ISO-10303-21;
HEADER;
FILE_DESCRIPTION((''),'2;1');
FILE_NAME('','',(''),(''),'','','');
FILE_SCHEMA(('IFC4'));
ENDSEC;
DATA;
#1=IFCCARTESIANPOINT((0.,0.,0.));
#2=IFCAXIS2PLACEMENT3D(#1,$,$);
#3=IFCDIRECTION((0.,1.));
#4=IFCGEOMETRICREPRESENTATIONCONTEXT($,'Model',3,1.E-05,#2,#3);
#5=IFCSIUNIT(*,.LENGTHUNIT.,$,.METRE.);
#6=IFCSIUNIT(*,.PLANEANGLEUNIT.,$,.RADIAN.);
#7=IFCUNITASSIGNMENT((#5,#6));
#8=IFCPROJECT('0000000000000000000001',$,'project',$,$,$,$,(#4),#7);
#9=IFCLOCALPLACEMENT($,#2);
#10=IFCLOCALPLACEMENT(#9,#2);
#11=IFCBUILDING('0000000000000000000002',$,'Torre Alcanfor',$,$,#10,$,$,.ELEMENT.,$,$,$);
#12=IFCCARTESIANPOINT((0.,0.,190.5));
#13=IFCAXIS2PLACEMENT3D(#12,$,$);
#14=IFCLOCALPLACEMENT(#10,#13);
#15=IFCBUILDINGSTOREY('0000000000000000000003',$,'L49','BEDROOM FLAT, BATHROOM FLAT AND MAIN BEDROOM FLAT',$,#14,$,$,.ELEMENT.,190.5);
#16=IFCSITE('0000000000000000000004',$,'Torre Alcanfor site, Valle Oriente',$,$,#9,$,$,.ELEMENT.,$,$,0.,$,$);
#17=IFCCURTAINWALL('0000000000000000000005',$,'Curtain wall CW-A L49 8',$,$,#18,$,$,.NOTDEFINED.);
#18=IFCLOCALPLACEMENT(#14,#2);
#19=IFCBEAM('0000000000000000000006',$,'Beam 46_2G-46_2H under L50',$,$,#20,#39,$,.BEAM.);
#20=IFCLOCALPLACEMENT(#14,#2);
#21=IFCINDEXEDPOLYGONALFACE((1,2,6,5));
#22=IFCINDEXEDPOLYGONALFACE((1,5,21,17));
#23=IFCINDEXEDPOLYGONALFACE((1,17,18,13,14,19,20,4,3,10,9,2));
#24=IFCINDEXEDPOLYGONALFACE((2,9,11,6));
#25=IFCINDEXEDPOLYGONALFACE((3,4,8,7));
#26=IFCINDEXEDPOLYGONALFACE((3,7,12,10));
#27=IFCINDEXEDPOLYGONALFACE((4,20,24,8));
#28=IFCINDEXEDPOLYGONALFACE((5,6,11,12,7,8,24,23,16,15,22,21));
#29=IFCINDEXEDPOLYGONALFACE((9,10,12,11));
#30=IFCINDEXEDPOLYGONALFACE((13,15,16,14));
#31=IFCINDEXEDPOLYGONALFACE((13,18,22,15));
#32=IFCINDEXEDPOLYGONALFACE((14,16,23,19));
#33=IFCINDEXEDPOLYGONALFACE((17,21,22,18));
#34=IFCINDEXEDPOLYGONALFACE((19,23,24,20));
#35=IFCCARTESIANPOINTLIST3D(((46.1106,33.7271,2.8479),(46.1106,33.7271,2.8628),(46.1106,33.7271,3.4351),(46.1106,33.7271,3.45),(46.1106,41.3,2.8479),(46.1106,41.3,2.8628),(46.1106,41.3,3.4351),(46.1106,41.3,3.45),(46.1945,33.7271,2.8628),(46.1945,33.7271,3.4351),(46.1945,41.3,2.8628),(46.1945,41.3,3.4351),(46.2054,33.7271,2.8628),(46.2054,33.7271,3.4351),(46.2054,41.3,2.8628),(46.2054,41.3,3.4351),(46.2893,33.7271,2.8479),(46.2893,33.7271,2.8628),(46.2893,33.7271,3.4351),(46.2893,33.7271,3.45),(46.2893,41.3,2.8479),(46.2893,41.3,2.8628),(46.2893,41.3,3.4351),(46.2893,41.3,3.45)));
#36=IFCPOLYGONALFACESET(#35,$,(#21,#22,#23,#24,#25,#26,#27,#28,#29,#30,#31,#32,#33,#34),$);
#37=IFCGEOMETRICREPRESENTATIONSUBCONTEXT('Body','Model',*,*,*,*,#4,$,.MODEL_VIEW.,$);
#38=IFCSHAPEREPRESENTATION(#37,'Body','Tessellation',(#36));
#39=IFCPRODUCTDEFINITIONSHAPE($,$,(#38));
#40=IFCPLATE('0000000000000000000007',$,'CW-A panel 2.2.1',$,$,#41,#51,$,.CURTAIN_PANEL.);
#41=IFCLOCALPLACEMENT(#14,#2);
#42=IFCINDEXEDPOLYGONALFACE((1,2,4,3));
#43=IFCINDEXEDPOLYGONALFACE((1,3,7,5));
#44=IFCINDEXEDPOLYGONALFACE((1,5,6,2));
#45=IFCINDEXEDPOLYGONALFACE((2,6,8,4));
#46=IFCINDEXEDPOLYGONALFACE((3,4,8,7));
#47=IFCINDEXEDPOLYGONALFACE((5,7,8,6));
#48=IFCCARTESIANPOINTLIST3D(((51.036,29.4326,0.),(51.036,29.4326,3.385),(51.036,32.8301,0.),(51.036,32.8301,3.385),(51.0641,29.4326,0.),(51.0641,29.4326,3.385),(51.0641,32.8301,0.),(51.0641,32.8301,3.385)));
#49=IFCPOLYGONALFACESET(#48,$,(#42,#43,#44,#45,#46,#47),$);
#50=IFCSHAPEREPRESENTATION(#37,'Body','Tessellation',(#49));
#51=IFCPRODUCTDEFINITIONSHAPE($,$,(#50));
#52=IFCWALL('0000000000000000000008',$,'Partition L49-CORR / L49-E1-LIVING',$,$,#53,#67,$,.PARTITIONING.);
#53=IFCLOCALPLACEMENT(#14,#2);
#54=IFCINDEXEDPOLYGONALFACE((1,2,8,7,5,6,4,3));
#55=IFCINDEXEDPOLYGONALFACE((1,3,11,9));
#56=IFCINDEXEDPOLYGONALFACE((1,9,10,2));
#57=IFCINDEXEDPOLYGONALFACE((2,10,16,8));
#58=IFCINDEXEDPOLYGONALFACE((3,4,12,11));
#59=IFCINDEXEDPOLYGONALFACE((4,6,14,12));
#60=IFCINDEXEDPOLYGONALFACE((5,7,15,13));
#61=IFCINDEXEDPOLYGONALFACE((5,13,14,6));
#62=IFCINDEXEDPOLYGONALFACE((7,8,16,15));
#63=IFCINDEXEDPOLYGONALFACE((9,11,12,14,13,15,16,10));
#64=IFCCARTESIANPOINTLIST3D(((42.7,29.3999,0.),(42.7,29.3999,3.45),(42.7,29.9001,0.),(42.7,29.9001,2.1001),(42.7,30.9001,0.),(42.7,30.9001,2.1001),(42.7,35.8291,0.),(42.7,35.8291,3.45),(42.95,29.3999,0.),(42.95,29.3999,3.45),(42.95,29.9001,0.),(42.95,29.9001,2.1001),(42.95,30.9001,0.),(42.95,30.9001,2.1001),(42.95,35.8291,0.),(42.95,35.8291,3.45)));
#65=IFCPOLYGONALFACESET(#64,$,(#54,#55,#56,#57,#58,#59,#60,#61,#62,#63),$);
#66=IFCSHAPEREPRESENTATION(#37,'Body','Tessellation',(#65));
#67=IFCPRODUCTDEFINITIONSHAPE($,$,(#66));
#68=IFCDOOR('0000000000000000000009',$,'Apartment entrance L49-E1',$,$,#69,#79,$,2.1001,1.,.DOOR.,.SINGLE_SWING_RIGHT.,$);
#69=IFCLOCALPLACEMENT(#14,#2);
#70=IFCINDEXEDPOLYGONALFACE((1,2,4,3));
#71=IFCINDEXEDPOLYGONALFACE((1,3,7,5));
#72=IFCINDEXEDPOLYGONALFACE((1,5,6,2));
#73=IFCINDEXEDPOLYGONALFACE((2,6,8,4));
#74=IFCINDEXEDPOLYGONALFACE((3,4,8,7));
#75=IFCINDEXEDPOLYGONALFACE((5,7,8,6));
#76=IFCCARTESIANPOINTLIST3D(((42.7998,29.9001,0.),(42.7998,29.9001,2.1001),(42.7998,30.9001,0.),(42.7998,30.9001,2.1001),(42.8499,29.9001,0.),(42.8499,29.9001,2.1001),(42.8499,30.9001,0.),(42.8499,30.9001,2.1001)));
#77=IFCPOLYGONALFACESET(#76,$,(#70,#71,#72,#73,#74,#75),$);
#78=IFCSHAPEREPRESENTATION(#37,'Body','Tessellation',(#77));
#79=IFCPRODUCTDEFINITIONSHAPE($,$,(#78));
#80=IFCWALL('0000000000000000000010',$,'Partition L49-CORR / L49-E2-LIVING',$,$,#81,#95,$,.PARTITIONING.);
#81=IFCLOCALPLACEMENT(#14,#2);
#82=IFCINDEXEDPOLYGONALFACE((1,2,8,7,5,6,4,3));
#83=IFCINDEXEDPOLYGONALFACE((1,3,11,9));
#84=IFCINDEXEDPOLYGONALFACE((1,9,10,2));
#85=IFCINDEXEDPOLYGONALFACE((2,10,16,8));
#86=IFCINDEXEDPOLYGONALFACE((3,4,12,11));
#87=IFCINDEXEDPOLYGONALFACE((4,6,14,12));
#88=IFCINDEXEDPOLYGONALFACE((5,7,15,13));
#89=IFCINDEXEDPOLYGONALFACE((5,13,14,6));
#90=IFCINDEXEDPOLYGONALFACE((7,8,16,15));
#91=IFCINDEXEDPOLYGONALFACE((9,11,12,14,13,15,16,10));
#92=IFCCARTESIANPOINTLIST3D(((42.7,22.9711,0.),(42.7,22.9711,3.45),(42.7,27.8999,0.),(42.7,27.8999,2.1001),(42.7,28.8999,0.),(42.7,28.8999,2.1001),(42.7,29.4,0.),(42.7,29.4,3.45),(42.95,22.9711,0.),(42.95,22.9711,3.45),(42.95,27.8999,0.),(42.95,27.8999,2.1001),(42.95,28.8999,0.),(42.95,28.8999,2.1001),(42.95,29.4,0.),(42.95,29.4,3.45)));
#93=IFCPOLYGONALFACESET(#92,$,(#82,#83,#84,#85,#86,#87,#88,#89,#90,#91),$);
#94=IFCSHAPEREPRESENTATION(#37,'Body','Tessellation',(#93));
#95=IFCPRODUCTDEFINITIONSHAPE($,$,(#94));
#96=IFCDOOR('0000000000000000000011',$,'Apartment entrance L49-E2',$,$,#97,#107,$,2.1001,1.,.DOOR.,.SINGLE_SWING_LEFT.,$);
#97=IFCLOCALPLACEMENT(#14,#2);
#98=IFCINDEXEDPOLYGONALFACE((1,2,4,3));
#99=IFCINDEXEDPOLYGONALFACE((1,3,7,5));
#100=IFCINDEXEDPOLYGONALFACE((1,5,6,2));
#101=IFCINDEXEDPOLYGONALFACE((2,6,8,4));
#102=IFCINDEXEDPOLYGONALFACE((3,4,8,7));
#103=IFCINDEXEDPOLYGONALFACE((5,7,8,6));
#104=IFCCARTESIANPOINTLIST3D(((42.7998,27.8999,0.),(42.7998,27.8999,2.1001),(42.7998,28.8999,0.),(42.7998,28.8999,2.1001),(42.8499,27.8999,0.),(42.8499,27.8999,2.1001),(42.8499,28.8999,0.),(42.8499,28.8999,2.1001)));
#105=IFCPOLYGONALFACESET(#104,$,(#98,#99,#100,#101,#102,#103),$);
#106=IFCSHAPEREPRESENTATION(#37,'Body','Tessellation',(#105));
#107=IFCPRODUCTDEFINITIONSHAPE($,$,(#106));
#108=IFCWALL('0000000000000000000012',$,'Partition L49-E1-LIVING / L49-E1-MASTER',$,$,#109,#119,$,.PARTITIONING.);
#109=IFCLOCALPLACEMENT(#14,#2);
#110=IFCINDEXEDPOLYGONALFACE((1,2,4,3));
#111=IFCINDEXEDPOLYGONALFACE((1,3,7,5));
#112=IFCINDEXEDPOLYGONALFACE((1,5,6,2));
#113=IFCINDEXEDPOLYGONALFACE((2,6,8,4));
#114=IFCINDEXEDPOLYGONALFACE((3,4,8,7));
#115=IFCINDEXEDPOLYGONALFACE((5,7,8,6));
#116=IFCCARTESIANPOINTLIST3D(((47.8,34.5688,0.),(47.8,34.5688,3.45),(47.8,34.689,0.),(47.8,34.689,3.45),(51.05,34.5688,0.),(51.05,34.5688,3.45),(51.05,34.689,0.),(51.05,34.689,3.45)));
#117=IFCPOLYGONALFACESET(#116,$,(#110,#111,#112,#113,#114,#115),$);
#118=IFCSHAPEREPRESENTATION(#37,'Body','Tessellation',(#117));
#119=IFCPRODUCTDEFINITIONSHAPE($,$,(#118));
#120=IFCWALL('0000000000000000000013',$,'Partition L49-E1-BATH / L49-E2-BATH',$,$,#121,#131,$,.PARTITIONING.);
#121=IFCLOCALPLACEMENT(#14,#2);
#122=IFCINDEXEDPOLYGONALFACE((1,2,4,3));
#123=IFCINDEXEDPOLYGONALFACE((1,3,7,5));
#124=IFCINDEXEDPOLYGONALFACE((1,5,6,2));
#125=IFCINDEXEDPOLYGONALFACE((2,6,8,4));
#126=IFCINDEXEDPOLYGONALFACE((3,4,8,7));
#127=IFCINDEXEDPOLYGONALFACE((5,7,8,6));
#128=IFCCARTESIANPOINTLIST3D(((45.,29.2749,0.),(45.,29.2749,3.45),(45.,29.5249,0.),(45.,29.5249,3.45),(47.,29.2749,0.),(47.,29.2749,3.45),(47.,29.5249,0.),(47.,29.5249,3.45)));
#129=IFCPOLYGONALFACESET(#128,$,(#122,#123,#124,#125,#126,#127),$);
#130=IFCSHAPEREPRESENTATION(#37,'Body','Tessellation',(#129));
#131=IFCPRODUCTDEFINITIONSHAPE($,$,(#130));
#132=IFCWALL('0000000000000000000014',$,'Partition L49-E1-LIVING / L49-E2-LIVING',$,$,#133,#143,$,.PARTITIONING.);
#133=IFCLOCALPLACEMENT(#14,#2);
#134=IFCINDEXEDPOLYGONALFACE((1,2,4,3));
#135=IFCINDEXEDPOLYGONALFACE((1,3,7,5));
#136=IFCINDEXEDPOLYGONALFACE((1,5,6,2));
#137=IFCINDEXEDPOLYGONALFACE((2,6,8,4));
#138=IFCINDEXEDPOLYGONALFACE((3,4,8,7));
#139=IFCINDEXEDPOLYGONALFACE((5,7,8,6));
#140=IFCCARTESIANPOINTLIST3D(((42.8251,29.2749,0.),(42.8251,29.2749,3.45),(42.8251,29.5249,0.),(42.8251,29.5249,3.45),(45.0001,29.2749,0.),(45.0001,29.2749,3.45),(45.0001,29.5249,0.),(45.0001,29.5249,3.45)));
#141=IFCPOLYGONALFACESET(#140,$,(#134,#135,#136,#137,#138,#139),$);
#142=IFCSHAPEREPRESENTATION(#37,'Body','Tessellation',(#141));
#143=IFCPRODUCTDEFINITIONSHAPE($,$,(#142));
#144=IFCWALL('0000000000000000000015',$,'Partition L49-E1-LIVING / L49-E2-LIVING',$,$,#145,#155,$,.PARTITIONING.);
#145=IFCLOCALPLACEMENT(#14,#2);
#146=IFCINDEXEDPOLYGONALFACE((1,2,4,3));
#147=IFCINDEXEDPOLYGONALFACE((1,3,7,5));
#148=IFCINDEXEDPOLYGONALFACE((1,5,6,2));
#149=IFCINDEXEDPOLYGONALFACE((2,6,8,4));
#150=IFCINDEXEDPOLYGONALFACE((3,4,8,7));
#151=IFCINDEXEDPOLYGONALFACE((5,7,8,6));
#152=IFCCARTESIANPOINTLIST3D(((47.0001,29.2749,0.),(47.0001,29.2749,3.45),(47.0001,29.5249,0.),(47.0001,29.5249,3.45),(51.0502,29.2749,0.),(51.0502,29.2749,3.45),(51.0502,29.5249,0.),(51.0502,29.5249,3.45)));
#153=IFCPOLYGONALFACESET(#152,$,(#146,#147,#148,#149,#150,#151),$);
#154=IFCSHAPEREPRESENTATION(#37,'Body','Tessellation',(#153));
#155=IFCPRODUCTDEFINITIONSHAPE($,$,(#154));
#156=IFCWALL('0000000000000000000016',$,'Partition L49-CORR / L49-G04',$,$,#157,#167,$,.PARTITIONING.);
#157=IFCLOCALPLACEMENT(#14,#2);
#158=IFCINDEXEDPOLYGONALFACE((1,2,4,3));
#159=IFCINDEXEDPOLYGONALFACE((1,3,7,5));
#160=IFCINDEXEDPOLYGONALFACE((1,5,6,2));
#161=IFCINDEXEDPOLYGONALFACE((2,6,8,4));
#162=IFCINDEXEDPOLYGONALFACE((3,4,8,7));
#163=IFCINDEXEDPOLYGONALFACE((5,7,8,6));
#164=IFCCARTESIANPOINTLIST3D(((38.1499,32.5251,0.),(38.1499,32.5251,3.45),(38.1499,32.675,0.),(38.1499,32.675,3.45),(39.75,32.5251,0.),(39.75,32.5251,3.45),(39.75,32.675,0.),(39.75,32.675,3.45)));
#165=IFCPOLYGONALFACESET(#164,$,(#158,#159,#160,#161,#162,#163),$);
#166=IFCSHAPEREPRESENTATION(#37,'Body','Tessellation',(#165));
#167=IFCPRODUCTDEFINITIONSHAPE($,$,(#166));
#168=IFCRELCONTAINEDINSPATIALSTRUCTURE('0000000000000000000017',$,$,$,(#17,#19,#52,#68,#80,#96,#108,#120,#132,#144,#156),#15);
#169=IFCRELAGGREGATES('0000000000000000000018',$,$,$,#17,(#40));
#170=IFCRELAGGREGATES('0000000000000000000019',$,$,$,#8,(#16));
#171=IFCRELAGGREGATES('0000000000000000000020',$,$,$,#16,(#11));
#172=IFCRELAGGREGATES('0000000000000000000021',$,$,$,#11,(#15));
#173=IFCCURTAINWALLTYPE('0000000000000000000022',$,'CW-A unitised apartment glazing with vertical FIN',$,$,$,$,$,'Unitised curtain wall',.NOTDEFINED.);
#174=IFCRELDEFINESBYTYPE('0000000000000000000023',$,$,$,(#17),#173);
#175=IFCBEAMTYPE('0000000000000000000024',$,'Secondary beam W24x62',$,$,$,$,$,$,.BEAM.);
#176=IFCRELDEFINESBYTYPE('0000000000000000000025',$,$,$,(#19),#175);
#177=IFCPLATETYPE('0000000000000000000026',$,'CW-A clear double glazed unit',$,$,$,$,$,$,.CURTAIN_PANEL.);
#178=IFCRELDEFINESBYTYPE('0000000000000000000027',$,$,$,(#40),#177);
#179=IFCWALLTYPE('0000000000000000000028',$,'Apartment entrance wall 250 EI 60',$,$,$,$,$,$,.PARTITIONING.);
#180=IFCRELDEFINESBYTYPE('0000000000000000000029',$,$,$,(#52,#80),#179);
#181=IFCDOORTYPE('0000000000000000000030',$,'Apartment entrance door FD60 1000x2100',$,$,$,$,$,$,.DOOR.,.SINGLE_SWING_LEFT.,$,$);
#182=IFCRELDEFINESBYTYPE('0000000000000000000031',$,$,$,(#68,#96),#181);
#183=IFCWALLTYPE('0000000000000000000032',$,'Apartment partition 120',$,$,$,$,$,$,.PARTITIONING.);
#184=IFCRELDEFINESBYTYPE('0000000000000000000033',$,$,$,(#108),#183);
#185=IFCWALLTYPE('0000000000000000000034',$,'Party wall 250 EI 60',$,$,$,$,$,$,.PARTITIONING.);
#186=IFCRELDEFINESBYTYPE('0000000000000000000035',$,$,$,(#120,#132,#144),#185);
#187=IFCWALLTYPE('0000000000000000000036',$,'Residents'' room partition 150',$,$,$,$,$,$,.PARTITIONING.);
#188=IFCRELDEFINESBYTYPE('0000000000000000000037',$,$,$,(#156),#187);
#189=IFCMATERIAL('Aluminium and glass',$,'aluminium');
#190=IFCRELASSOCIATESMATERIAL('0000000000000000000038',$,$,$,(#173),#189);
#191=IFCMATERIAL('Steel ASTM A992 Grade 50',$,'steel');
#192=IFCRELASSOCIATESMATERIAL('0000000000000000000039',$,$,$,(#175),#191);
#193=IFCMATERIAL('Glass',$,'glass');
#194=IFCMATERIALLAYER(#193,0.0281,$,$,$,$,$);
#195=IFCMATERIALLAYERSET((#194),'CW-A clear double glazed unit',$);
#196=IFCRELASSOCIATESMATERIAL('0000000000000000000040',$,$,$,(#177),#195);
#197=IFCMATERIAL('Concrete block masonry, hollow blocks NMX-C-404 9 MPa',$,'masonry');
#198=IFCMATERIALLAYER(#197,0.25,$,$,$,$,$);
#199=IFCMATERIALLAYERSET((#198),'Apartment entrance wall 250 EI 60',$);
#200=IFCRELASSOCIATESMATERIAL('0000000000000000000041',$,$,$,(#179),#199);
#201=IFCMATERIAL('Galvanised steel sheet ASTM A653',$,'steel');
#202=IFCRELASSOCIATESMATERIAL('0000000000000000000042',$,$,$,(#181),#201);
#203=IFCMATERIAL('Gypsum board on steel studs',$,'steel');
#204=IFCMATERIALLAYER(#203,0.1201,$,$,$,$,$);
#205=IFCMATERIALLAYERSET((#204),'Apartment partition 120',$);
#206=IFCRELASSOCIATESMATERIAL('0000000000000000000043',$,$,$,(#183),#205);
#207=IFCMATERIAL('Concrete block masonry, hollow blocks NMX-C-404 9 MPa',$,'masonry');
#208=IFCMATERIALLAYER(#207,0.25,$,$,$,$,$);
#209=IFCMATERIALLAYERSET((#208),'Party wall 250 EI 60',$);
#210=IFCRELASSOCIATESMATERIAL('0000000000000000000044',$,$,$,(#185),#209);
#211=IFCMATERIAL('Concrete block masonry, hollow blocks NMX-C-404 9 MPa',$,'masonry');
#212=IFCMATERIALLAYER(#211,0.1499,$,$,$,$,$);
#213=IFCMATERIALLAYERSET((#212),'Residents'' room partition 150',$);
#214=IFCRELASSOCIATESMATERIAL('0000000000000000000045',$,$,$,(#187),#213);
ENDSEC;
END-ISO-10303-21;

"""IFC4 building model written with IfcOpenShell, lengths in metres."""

from ifc_helpers import new_model, si_unit, direction, frame, frame_2d, origin, origin_2d, place, context, subcontext, project, spatial, rectangle, i_section, extrude, material, layer, layer_set, material_profile, profile_set, type_object, element, fill, aggregate, save


model = new_model("IFC4")

# Units and contexts
model_context = context("Model", 3, precision=1e-05, world=origin(), true_north=direction((0.0, 1.0)))
body_context = subcontext(model_context, "Body", "Model", "MODEL_VIEW")
ifc_project = project(units=[si_unit("LENGTHUNIT", "METRE"), si_unit("PLANEANGLEUNIT", "RADIAN")], contexts=[model_context])

# Site, building, storey
site_placement = place(None, origin())
site = spatial("IfcSite", under=ifc_project, at=site_placement, Name="Torre Alcanfor site, Valle Oriente", CompositionType="ELEMENT", RefElevation=0.0)
building_placement = place(site_placement, origin())
building = spatial("IfcBuilding", under=site, at=building_placement, Name="Torre Alcanfor", CompositionType="ELEMENT")
storey_placement = place(building_placement, frame((0.0, 0.0, 190.5)))
storey = spatial("IfcBuildingStorey", under=building, at=storey_placement, Name="L49", Description="BEDROOM FLAT, BATHROOM FLAT AND MAIN BEDROOM FLAT", CompositionType="ELEMENT", Elevation=190.5)

# Curtain wall
ifc_material_1 = material(Name="Aluminium and glass", Category="aluminium")
curtain_wall_type = type_object("IfcCurtainWallType", Name="CW-A unitised apartment glazing with vertical FIN", ElementType="Unitised curtain wall", PredefinedType="NOTDEFINED", material=ifc_material_1)
curtain_wall_placement = place(storey_placement, origin())
curtain_wall = element("IfcCurtainWall", 1, at=curtain_wall_placement, inside=storey, type_object=curtain_wall_type, Name="Curtain wall CW-A L49 8", PredefinedType="NOTDEFINED")

# Beam
ifc_material_2 = material(Name="Steel ASTM A992 Grade 50", Category="steel")
ifc_material_profile_1 = material_profile(ifc_material_2, i_section(OverallWidth=0.1787, OverallDepth=0.6021, WebThickness=0.011, FlangeThickness=0.0149, at=origin_2d()), Name="W24x62")
ifc_profile_set_1 = profile_set([ifc_material_profile_1], Name="Steel ASTM A992 Grade 50")
beam_type_1 = type_object("IfcBeamType", Name="Secondary beam W24x62", PredefinedType="BEAM", material=ifc_profile_set_1)
beam_1_placement = place(storey_placement, frame((46.2, 33.7271, 3.1489), z_axis=(0.0, 1.0, 0.0), x_axis=(-1.0, 0.0, 0.0)))
element("IfcBeam", 2, at=beam_1_placement, inside=storey, type_object=beam_type_1, Name="Beam 46_2G-46_2H under L50", PredefinedType="BEAM", context=body_context, shape_type="SweptSolid", body=[
    extrude(i_section(OverallWidth=0.1787, OverallDepth=0.6021, WebThickness=0.011, FlangeThickness=0.0149, at=origin_2d()), origin(), (0.0, 0.0, 1.0), 7.573),
])

# Plate
ifc_material_3 = material(Name="Glass", Category="glass")
ifc_layer_1 = layer(ifc_material_3, 0.0281)
ifc_layer_set_1 = layer_set([ifc_layer_1], Name="CW-A clear double glazed unit")
plate_type = type_object("IfcPlateType", Name="CW-A clear double glazed unit", PredefinedType="CURTAIN_PANEL", material=ifc_layer_set_1)
plate_placement = place(storey_placement, frame((51.05, 31.1313, 0.0), z_axis=(0.0, 0.0, 1.0), x_axis=(0.0, 1.0, 0.0)))
plate = element("IfcPlate", 3, at=plate_placement, type_object=plate_type, Name="CW-A panel 2.2.1", PredefinedType="CURTAIN_PANEL", context=body_context, shape_type="SweptSolid", body=[
    extrude(rectangle(XDim=3.3975, YDim=0.0281, at=origin_2d()), origin(), (0.0, 0.0, 1.0), 3.385),
])
aggregate(curtain_wall, [plate])

# Walls, openings, doors
ifc_material_4 = material(Name="Concrete block masonry, hollow blocks NMX-C-404 9 MPa", Category="masonry")
ifc_layer_2 = layer(ifc_material_4, 0.25)
ifc_layer_set_2 = layer_set([ifc_layer_2], Name="Apartment entrance wall 250 EI 60")
wall_type_1 = type_object("IfcWallType", Name="Apartment entrance wall 250 EI 60", PredefinedType="PARTITIONING", material=ifc_layer_set_2)
wall_1_placement = place(storey_placement, frame((42.825, 35.8291, 0.0), z_axis=(0.0, 0.0, 1.0), x_axis=(0.0, -1.0, 0.0)))
wall_1 = element("IfcWall", 4, at=wall_1_placement, inside=storey, type_object=wall_type_1, Name="Partition L49-CORR / L49-E1-LIVING", PredefinedType="PARTITIONING", context=body_context, shape_type="SweptSolid", body=[
    extrude(rectangle(XDim=6.4292, YDim=0.25, at=frame_2d((3.2146, 0.0))), origin(), (0.0, 0.0, 1.0), 3.45),
])
opening_1_placement = place(wall_1_placement, frame((4.929, 0.0, 0.0)))
opening_1 = element("IfcOpeningElement", 5, at=opening_1_placement, cuts=wall_1, PredefinedType="OPENING", context=body_context, shape_type="SweptSolid", body=[
    extrude(rectangle(XDim=1.0, YDim=2.1001, at=frame_2d((0.5, 1.05))), frame((0.0, 0.135, 0.0), z_axis=(0.0, -1.0, 0.0), x_axis=(1.0, 0.0, 0.0)), (0.0, 0.0, 1.0), 0.27),
])
ifc_material_5 = material(Name="Galvanised steel sheet ASTM A653", Category="steel")
door_type_1 = type_object("IfcDoorType", Name="Apartment entrance door FD60 1000x2100", OperationType="SINGLE_SWING_LEFT", PredefinedType="DOOR", material=ifc_material_5)
door_1_placement = place(opening_1_placement, origin())
door_1 = element("IfcDoor", 6, at=door_1_placement, inside=storey, type_object=door_type_1, Name="Apartment entrance L49-E1", OperationType="SINGLE_SWING_RIGHT", OverallHeight=2.1001, OverallWidth=1.0, PredefinedType="DOOR", context=body_context, shape_type="SweptSolid", body=[
    extrude(rectangle(XDim=1.0, YDim=2.1001, at=frame_2d((0.5, 1.05))), frame((0.0, 0.0249, 0.0), z_axis=(0.0, -1.0, 0.0), x_axis=(1.0, 0.0, 0.0)), (0.0, 0.0, 1.0), 0.05),
])
fill(opening_1, door_1)
wall_2_placement = place(storey_placement, frame((42.825, 29.3999, 0.0), z_axis=(0.0, 0.0, 1.0), x_axis=(0.0, -1.0, 0.0)))
wall_2 = element("IfcWall", 7, at=wall_2_placement, inside=storey, type_object=wall_type_1, Name="Partition L49-CORR / L49-E2-LIVING", PredefinedType="PARTITIONING", context=body_context, shape_type="SweptSolid", body=[
    extrude(rectangle(XDim=6.429, YDim=0.25, at=frame_2d((3.2144, 0.0))), origin(), (0.0, 0.0, 1.0), 3.45),
])
opening_2_placement = place(wall_2_placement, frame((0.5, 0.0, 0.0)))
opening_2 = element("IfcOpeningElement", 8, at=opening_2_placement, cuts=wall_2, PredefinedType="OPENING", context=body_context, shape_type="SweptSolid", body=[
    extrude(rectangle(XDim=1.0, YDim=2.1001, at=frame_2d((0.5, 1.05))), frame((0.0, 0.135, 0.0), z_axis=(0.0, -1.0, 0.0), x_axis=(1.0, 0.0, 0.0)), (0.0, 0.0, 1.0), 0.27),
])
door_2_placement = place(opening_2_placement, origin())
door_2 = element("IfcDoor", 9, at=door_2_placement, inside=storey, type_object=door_type_1, Name="Apartment entrance L49-E2", OperationType="SINGLE_SWING_LEFT", OverallHeight=2.1001, OverallWidth=1.0, PredefinedType="DOOR", context=body_context, shape_type="SweptSolid", body=[
    extrude(rectangle(XDim=1.0, YDim=2.1001, at=frame_2d((0.5, 1.05))), frame((0.0, 0.0249, 0.0), z_axis=(0.0, -1.0, 0.0), x_axis=(1.0, 0.0, 0.0)), (0.0, 0.0, 1.0), 0.05),
])
fill(opening_2, door_2)

# Walls
ifc_material_6 = material(Name="Gypsum board on steel studs", Category="steel")
ifc_layer_3 = layer(ifc_material_6, 0.1201)
ifc_layer_set_3 = layer_set([ifc_layer_3], Name="Apartment partition 120")
wall_type_2 = type_object("IfcWallType", Name="Apartment partition 120", PredefinedType="PARTITIONING", material=ifc_layer_set_3)
wall_3_placement = place(storey_placement, frame((47.8, 34.6289, 0.0), z_axis=(0.0, 0.0, 1.0), x_axis=(1.0, 0.0, 0.0)))
element("IfcWall", 10, at=wall_3_placement, inside=storey, type_object=wall_type_2, Name="Partition L49-E1-LIVING / L49-E1-MASTER", PredefinedType="PARTITIONING", context=body_context, shape_type="SweptSolid", body=[
    extrude(rectangle(XDim=3.25, YDim=0.1201, at=frame_2d((1.625, 0.0))), origin(), (0.0, 0.0, 1.0), 3.45),
])
ifc_material_7 = material(Name="Concrete block masonry, hollow blocks NMX-C-404 9 MPa", Category="masonry")
ifc_layer_4 = layer(ifc_material_7, 0.25)
ifc_layer_set_4 = layer_set([ifc_layer_4], Name="Party wall 250 EI 60")
wall_type_3 = type_object("IfcWallType", Name="Party wall 250 EI 60", PredefinedType="PARTITIONING", material=ifc_layer_set_4)
wall_4_placement = place(storey_placement, frame((45.0, 29.3999, 0.0), z_axis=(0.0, 0.0, 1.0), x_axis=(1.0, 0.0, 0.0)))
element("IfcWall", 11, at=wall_4_placement, inside=storey, type_object=wall_type_3, Name="Partition L49-E1-BATH / L49-E2-BATH", PredefinedType="PARTITIONING", context=body_context, shape_type="SweptSolid", body=[
    extrude(rectangle(XDim=2.0, YDim=0.25, at=frame_2d((1.0, 0.0))), origin(), (0.0, 0.0, 1.0), 3.45),
])
wall_5_placement = place(storey_placement, frame((45.0, 29.3999, 0.0), z_axis=(0.0, 0.0, 1.0), x_axis=(-1.0, 0.0, 0.0)))
element("IfcWall", 12, at=wall_5_placement, inside=storey, type_object=wall_type_3, Name="Partition L49-E1-LIVING / L49-E2-LIVING", PredefinedType="PARTITIONING", context=body_context, shape_type="SweptSolid", body=[
    extrude(rectangle(XDim=2.175, YDim=0.25, at=frame_2d((1.0874, 0.0))), origin(), (0.0, 0.0, 1.0), 3.45),
])
wall_6_placement = place(storey_placement, frame((51.05, 29.3999, 0.0), z_axis=(0.0, 0.0, 1.0), x_axis=(-1.0, 0.0, 0.0)))
element("IfcWall", 13, at=wall_6_placement, inside=storey, type_object=wall_type_3, Name="Partition L49-E1-LIVING / L49-E2-LIVING", PredefinedType="PARTITIONING", context=body_context, shape_type="SweptSolid", body=[
    extrude(rectangle(XDim=4.05, YDim=0.25, at=frame_2d((2.0249, 0.0))), origin(), (0.0, 0.0, 1.0), 3.45),
])
ifc_material_8 = material(Name="Concrete block masonry, hollow blocks NMX-C-404 9 MPa", Category="masonry")
ifc_layer_5 = layer(ifc_material_8, 0.1499)
ifc_layer_set_5 = layer_set([ifc_layer_5], Name="Residents' room partition 150")
wall_type_4 = type_object("IfcWallType", Name="Residents' room partition 150", PredefinedType="PARTITIONING", material=ifc_layer_set_5)
wall_7_placement = place(storey_placement, frame((39.75, 32.6001, 0.0), z_axis=(0.0, 0.0, 1.0), x_axis=(-1.0, 0.0, 0.0)))
element("IfcWall", 14, at=wall_7_placement, inside=storey, type_object=wall_type_4, Name="Partition L49-CORR / L49-G04", PredefinedType="PARTITIONING", context=body_context, shape_type="SweptSolid", body=[
    extrude(rectangle(XDim=1.6001, YDim=0.1499, at=frame_2d((0.8, 0.0))), origin(), (0.0, 0.0, 1.0), 3.45),
])

save(model, "model.ifc")
